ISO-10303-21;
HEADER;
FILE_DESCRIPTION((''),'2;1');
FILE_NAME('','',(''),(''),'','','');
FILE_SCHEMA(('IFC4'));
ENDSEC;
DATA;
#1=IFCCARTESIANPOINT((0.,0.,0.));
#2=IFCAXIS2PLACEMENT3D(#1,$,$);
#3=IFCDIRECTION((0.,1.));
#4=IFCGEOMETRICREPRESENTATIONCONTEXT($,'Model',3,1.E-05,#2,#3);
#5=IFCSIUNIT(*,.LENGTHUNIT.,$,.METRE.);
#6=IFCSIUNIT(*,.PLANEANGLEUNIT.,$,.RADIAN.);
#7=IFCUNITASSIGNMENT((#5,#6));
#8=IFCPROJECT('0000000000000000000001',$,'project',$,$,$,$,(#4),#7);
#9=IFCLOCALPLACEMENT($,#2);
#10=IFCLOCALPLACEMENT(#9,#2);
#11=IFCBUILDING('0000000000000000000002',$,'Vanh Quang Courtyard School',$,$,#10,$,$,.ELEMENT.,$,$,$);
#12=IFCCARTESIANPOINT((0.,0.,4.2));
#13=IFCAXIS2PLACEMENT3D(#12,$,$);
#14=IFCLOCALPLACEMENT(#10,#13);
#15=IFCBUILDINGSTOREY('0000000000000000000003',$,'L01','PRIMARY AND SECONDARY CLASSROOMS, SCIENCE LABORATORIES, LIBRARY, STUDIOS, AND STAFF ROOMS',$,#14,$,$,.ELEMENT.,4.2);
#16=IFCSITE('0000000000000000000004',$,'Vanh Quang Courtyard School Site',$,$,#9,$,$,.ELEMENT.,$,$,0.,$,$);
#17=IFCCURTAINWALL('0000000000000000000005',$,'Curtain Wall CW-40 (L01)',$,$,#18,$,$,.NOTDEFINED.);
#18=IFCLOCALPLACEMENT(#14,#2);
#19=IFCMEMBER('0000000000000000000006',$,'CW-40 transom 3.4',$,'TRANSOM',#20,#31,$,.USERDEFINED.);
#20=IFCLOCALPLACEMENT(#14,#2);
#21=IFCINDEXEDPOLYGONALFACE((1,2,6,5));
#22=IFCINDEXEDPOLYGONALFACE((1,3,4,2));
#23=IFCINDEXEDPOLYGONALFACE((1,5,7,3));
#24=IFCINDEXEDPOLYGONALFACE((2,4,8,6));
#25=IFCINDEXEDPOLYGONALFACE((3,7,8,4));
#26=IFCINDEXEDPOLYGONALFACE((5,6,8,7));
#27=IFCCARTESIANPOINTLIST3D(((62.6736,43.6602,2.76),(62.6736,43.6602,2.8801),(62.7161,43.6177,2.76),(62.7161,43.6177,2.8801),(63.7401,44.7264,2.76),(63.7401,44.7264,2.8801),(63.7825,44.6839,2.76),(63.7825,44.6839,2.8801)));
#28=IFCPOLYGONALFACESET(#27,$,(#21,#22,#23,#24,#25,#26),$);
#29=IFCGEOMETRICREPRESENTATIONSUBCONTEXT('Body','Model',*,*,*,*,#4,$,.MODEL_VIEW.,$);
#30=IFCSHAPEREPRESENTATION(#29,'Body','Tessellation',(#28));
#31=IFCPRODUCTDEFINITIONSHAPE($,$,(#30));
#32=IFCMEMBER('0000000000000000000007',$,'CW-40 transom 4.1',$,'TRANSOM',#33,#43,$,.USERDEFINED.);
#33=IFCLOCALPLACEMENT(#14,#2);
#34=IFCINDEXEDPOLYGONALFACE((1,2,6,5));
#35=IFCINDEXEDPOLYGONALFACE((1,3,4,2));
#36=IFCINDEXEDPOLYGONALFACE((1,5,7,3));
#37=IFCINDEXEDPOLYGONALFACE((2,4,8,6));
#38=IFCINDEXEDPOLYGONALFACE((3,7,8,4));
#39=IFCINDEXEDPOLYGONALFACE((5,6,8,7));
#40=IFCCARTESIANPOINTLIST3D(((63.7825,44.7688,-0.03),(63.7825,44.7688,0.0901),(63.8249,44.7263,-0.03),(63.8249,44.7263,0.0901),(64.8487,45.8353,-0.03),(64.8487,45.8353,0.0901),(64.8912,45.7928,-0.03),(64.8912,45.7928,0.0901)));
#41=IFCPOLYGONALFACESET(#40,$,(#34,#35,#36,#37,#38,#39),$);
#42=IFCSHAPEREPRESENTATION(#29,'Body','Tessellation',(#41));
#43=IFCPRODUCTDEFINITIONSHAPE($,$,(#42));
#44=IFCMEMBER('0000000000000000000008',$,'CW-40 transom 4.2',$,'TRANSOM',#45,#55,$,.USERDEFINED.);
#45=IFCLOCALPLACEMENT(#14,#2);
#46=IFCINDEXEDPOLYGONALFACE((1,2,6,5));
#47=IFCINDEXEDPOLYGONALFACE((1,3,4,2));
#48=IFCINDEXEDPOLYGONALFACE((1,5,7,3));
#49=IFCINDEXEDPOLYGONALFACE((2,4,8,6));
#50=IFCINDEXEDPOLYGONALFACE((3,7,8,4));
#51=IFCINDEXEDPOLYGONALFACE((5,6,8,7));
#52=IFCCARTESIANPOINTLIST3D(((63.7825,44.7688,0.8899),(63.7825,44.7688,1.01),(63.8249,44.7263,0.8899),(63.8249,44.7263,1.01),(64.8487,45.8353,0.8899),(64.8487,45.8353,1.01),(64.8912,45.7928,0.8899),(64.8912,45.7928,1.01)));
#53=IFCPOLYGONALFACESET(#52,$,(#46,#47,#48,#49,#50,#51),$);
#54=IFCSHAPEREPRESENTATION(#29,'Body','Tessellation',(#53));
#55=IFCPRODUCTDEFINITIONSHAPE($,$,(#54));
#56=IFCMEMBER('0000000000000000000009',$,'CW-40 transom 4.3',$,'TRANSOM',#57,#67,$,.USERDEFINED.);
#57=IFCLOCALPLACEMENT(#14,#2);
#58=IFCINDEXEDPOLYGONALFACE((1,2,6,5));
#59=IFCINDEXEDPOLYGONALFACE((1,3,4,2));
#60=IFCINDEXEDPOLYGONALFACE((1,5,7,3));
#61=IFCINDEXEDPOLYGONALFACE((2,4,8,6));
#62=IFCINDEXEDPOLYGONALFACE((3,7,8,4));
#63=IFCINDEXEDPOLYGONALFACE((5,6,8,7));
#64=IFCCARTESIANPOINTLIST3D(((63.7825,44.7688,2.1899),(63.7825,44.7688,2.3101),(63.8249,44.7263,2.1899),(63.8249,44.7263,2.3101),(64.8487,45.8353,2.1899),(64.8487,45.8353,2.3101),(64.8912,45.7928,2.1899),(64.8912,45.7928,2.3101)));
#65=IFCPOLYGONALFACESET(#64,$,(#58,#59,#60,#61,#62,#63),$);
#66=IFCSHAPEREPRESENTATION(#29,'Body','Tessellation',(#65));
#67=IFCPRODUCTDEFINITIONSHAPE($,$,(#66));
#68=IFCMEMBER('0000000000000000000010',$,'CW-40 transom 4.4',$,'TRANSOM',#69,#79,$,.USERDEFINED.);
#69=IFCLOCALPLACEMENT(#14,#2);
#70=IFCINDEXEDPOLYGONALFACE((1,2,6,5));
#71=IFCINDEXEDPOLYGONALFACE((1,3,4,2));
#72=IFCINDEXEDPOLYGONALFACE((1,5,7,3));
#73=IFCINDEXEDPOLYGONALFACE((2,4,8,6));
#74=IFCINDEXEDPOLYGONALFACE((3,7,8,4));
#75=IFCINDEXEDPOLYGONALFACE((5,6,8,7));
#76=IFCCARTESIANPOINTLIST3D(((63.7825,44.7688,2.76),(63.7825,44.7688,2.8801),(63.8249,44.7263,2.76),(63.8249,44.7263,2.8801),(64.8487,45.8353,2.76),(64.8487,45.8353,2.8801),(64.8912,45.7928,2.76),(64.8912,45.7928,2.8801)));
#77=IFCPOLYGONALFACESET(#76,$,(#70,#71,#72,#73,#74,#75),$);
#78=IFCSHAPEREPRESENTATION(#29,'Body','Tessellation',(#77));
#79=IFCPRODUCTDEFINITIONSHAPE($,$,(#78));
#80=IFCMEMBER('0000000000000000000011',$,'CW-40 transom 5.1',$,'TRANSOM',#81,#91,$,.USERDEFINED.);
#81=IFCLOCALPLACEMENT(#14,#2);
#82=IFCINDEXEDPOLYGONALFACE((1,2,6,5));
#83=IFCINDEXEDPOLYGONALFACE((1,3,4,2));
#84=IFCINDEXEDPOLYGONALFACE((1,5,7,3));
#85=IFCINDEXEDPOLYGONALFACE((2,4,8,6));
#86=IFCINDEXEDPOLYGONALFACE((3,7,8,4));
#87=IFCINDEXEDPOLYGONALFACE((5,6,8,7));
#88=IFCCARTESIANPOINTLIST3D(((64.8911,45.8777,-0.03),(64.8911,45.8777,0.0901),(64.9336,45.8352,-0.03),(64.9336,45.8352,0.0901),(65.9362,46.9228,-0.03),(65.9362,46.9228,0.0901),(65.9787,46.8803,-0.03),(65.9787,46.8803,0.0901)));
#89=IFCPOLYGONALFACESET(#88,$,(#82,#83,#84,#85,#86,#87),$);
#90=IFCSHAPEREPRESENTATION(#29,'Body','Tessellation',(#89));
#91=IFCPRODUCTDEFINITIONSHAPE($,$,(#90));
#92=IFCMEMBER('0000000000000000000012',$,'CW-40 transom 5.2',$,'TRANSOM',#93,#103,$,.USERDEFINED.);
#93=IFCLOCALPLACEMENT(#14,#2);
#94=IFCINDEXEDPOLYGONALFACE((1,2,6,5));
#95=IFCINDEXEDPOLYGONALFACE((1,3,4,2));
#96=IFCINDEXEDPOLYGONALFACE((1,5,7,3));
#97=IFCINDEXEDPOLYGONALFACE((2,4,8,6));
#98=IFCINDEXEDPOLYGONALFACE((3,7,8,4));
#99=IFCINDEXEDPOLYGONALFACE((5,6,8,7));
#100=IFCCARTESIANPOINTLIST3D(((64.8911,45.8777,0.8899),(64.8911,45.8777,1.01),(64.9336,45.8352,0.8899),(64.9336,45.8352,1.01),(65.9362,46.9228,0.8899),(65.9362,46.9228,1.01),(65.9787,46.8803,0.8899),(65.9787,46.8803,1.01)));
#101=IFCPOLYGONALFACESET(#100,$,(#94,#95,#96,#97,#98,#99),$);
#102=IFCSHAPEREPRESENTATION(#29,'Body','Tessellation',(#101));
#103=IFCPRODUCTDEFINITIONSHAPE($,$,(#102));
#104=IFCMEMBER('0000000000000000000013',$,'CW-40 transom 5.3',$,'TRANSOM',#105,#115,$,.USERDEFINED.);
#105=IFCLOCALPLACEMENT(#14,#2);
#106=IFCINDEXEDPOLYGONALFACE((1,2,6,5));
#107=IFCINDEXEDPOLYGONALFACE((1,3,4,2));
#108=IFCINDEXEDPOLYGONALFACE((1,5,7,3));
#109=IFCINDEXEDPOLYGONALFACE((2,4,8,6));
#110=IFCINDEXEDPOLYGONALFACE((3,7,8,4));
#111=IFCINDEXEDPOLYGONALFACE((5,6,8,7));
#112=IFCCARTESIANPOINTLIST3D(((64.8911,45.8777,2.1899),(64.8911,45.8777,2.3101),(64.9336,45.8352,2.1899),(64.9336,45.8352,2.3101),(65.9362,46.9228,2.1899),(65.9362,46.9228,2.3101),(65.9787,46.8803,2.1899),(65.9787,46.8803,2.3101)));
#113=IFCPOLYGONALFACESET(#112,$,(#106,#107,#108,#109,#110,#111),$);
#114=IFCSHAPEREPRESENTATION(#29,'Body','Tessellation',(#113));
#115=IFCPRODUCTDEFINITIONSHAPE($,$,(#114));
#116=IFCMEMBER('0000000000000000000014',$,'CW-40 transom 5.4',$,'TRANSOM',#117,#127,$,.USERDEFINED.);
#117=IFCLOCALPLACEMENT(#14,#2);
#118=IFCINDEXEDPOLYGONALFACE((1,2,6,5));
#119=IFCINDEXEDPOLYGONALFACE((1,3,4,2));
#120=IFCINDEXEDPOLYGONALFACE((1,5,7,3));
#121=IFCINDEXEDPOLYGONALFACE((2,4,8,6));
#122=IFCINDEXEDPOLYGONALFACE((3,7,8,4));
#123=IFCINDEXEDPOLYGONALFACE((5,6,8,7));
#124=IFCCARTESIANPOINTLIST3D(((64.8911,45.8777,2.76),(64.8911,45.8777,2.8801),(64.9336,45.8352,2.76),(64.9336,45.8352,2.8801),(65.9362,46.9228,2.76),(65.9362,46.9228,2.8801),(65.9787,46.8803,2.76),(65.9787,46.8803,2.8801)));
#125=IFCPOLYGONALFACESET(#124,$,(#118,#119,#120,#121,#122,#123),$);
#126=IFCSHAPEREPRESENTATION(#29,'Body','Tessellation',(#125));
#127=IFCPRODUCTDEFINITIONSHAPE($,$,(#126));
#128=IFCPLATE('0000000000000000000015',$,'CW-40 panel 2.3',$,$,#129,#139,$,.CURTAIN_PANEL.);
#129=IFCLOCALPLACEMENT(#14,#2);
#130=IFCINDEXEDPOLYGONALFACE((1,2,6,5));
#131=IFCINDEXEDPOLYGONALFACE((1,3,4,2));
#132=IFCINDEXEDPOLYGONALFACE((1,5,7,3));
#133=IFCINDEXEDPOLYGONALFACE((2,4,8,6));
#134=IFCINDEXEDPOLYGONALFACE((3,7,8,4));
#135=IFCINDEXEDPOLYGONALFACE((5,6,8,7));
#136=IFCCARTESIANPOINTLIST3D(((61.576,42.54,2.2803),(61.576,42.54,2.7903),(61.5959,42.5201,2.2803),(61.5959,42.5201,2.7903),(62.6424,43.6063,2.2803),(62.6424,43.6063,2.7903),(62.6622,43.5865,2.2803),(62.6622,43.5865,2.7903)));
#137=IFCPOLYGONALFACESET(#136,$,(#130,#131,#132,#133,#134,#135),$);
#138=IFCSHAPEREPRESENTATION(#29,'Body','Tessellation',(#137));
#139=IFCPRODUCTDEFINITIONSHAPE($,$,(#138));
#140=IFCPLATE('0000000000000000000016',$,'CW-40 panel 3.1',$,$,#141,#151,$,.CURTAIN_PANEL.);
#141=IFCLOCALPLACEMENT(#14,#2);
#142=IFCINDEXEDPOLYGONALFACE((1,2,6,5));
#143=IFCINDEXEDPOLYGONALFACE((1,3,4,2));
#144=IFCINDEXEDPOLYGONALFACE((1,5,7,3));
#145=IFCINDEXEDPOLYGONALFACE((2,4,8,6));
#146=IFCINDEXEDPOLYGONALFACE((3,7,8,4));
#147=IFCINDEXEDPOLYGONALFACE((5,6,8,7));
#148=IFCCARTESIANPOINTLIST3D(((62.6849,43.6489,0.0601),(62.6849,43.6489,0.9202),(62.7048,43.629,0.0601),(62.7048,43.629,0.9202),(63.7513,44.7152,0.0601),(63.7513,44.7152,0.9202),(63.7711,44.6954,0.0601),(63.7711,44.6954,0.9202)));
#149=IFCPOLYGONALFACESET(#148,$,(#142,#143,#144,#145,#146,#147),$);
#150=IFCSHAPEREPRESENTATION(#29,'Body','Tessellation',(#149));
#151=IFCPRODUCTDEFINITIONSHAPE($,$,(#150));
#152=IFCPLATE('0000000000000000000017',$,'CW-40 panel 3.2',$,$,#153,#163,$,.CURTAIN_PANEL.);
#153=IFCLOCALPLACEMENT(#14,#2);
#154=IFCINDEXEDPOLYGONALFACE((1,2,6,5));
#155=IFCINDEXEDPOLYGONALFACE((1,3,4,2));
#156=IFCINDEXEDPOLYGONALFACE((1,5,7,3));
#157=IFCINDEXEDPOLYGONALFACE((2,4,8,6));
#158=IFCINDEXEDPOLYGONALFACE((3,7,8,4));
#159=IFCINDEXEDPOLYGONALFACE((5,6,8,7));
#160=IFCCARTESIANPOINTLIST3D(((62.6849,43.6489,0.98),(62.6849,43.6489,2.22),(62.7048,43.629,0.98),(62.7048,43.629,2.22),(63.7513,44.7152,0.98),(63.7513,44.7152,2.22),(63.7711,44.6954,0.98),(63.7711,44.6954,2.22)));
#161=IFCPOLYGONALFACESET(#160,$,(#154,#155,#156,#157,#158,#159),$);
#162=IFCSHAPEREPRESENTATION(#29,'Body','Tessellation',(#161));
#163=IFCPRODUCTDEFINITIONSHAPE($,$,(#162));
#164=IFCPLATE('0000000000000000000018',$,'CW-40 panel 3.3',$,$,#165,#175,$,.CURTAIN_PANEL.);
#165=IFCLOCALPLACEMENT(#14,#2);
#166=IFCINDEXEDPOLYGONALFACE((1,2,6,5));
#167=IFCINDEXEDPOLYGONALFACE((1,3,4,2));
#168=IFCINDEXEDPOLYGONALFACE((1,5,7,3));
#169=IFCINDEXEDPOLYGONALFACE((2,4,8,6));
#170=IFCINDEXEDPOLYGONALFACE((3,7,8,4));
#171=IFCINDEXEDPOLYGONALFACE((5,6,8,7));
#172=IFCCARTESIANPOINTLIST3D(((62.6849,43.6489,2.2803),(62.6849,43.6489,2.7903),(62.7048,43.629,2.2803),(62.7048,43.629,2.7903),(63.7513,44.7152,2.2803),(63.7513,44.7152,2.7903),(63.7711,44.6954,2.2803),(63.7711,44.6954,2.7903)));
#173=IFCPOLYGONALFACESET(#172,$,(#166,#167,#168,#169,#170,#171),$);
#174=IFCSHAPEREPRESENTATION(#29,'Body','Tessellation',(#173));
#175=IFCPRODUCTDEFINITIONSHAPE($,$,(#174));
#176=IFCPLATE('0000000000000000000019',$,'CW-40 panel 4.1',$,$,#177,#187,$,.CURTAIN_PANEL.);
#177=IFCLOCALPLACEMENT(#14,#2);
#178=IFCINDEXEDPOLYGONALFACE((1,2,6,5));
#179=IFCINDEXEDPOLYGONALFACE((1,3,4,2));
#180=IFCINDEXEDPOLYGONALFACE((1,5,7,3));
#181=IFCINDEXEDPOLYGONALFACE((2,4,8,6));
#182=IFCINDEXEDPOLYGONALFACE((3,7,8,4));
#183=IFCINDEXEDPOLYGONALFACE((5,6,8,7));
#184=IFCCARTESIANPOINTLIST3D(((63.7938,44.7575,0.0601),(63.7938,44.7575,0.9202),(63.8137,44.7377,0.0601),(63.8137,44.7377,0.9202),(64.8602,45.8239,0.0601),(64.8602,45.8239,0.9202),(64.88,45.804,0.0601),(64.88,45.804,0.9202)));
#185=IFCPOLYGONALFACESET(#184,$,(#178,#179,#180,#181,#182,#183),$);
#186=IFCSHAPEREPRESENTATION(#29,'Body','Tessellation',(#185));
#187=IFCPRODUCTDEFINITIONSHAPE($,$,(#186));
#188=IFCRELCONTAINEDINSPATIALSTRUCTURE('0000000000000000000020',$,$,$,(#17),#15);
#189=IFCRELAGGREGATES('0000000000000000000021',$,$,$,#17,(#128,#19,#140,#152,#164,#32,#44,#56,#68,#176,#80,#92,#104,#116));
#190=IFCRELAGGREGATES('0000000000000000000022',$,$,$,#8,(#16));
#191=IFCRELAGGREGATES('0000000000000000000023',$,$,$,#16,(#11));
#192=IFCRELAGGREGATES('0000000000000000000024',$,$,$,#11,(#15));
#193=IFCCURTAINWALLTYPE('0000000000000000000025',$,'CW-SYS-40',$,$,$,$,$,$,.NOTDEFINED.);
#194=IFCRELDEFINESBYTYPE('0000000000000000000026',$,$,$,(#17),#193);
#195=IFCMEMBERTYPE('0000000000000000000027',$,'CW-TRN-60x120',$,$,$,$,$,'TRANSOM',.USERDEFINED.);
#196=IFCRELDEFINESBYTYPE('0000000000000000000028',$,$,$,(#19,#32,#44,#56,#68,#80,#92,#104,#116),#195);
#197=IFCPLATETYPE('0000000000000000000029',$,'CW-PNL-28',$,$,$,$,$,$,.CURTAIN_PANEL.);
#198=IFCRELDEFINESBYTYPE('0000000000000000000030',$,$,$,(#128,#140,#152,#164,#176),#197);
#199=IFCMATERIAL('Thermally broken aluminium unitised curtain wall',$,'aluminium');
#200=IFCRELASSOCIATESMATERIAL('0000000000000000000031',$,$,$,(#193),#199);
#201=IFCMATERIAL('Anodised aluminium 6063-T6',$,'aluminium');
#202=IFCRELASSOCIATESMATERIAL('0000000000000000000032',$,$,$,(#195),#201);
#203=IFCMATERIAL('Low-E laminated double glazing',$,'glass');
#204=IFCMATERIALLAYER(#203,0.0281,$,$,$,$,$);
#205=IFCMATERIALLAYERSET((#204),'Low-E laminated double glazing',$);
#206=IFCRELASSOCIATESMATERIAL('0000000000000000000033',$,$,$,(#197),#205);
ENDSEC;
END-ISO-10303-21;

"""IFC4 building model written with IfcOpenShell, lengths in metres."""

from ifc_helpers import new_model, si_unit, direction, frame, origin, origin_2d, place, context, subcontext, project, spatial, rectangle, extrude, material, layer, layer_set, material_profile, profile_set, type_object, element, aggregate, save


model = new_model("IFC4")

# Units and contexts
model_context = context("Model", 3, precision=1e-05, world=origin(), true_north=direction((0.0, 1.0)))
body_context = subcontext(model_context, "Body", "Model", "MODEL_VIEW")
ifc_project = project(units=[si_unit("LENGTHUNIT", "METRE"), si_unit("PLANEANGLEUNIT", "RADIAN")], contexts=[model_context])

# Site, building, storey
site_placement = place(None, origin())
site = spatial("IfcSite", under=ifc_project, at=site_placement, Name="Vanh Quang Courtyard School Site", CompositionType="ELEMENT", RefElevation=0.0)
building_placement = place(site_placement, origin())
building = spatial("IfcBuilding", under=site, at=building_placement, Name="Vanh Quang Courtyard School", CompositionType="ELEMENT")
storey_placement = place(building_placement, frame((0.0, 0.0, 4.2)))
storey = spatial("IfcBuildingStorey", under=building, at=storey_placement, Name="L01", Description="PRIMARY AND SECONDARY CLASSROOMS, SCIENCE LABORATORIES, LIBRARY, STUDIOS, AND STAFF ROOMS", CompositionType="ELEMENT", Elevation=4.2)

# Curtain wall
ifc_material_1 = material(Name="Thermally broken aluminium unitised curtain wall", Category="aluminium")
curtain_wall_type_1 = type_object("IfcCurtainWallType", Name="CW-SYS-40", PredefinedType="NOTDEFINED", material=ifc_material_1)
curtain_wall_1_placement = place(storey_placement, origin())
curtain_wall_1 = element("IfcCurtainWall", 1, at=curtain_wall_1_placement, inside=storey, type_object=curtain_wall_type_1, Name="Curtain Wall CW-40 (L01)", PredefinedType="NOTDEFINED")
ifc_material_2 = material(Name="Anodised aluminium 6063-T6", Category="aluminium")

# Members
ifc_material_profile_1 = material_profile(ifc_material_2, rectangle(XDim=0.0601, YDim=0.1201, at=origin_2d()), Name="ALU-TRN 60x120")
ifc_profile_set_1 = profile_set([ifc_material_profile_1], Name="Anodised aluminium 6063-T6")
member_type_1 = type_object("IfcMemberType", Name="CW-TRN-60x120", ElementType="TRANSOM", PredefinedType="USERDEFINED", material=ifc_profile_set_1)
member_1_placement = place(storey_placement, frame((62.6948, 43.6389, 2.8201), z_axis=(0.707188, 0.707026, 0.0), x_axis=(-0.707026, 0.707188, 0.0)))
member_1 = element("IfcMember", 2, at=member_1_placement, type_object=member_type_1, Name="CW-40 transom 3.4", ObjectType="TRANSOM", PredefinedType="USERDEFINED", context=body_context, shape_type="SweptSolid", body=[
    extrude(rectangle(XDim=0.0601, YDim=0.1201, at=origin_2d()), origin(), (0.0, 0.0, 1.0), 1.5081),
])
member_2_placement = place(storey_placement, frame((63.8037, 44.7476, 0.03), z_axis=(0.707026, 0.707188, 0.0), x_axis=(-0.707188, 0.707026, 0.0)))
member_2 = element("IfcMember", 3, at=member_2_placement, type_object=member_type_1, Name="CW-40 transom 4.1", ObjectType="TRANSOM", PredefinedType="USERDEFINED", context=body_context, shape_type="SweptSolid", body=[
    extrude(rectangle(XDim=0.0601, YDim=0.1201, at=origin_2d()), origin(), (0.0, 0.0, 1.0), 1.5081),
])
member_3_placement = place(storey_placement, frame((63.8037, 44.7476, 0.95), z_axis=(0.707026, 0.707188, 0.0), x_axis=(-0.707188, 0.707026, 0.0)))
member_3 = element("IfcMember", 4, at=member_3_placement, type_object=member_type_1, Name="CW-40 transom 4.2", ObjectType="TRANSOM", PredefinedType="USERDEFINED", context=body_context, shape_type="SweptSolid", body=[
    extrude(rectangle(XDim=0.0601, YDim=0.1201, at=origin_2d()), origin(), (0.0, 0.0, 1.0), 1.5081),
])
member_4_placement = place(storey_placement, frame((63.8037, 44.7476, 2.25), z_axis=(0.707026, 0.707188, 0.0), x_axis=(-0.707188, 0.707026, 0.0)))
member_4 = element("IfcMember", 5, at=member_4_placement, type_object=member_type_1, Name="CW-40 transom 4.3", ObjectType="TRANSOM", PredefinedType="USERDEFINED", context=body_context, shape_type="SweptSolid", body=[
    extrude(rectangle(XDim=0.0601, YDim=0.1201, at=origin_2d()), origin(), (0.0, 0.0, 1.0), 1.5081),
])
member_5_placement = place(storey_placement, frame((63.8037, 44.7476, 2.8201), z_axis=(0.707026, 0.707188, 0.0), x_axis=(-0.707188, 0.707026, 0.0)))
member_5 = element("IfcMember", 6, at=member_5_placement, type_object=member_type_1, Name="CW-40 transom 4.4", ObjectType="TRANSOM", PredefinedType="USERDEFINED", context=body_context, shape_type="SweptSolid", body=[
    extrude(rectangle(XDim=0.0601, YDim=0.1201, at=origin_2d()), origin(), (0.0, 0.0, 1.0), 1.5081),
])
member_6_placement = place(storey_placement, frame((64.9124, 45.8564, 0.03), z_axis=(0.707107, 0.707107, 0.0), x_axis=(-0.707107, 0.707107, 0.0)))
member_6 = element("IfcMember", 7, at=member_6_placement, type_object=member_type_1, Name="CW-40 transom 5.1", ObjectType="TRANSOM", PredefinedType="USERDEFINED", context=body_context, shape_type="SweptSolid", body=[
    extrude(rectangle(XDim=0.0601, YDim=0.1201, at=origin_2d()), origin(), (0.0, 0.0, 1.0), 1.478),
])
member_7_placement = place(storey_placement, frame((64.9124, 45.8564, 0.95), z_axis=(0.707107, 0.707107, 0.0), x_axis=(-0.707107, 0.707107, 0.0)))
member_7 = element("IfcMember", 8, at=member_7_placement, type_object=member_type_1, Name="CW-40 transom 5.2", ObjectType="TRANSOM", PredefinedType="USERDEFINED", context=body_context, shape_type="SweptSolid", body=[
    extrude(rectangle(XDim=0.0601, YDim=0.1201, at=origin_2d()), origin(), (0.0, 0.0, 1.0), 1.478),
])
member_8_placement = place(storey_placement, frame((64.9124, 45.8564, 2.25), z_axis=(0.707107, 0.707107, 0.0), x_axis=(-0.707107, 0.707107, 0.0)))
member_8 = element("IfcMember", 9, at=member_8_placement, type_object=member_type_1, Name="CW-40 transom 5.3", ObjectType="TRANSOM", PredefinedType="USERDEFINED", context=body_context, shape_type="SweptSolid", body=[
    extrude(rectangle(XDim=0.0601, YDim=0.1201, at=origin_2d()), origin(), (0.0, 0.0, 1.0), 1.478),
])
member_9_placement = place(storey_placement, frame((64.9124, 45.8564, 2.8201), z_axis=(0.707107, 0.707107, 0.0), x_axis=(-0.707107, 0.707107, 0.0)))
member_9 = element("IfcMember", 10, at=member_9_placement, type_object=member_type_1, Name="CW-40 transom 5.4", ObjectType="TRANSOM", PredefinedType="USERDEFINED", context=body_context, shape_type="SweptSolid", body=[
    extrude(rectangle(XDim=0.0601, YDim=0.1201, at=origin_2d()), origin(), (0.0, 0.0, 1.0), 1.478),
])

# Plates
ifc_material_3 = material(Name="Low-E laminated double glazing", Category="glass")
ifc_layer_1 = layer(ifc_material_3, 0.0281)
ifc_layer_set_1 = layer_set([ifc_layer_1], Name="Low-E laminated double glazing")
plate_type = type_object("IfcPlateType", Name="CW-PNL-28", PredefinedType="CURTAIN_PANEL", material=ifc_layer_set_1)
plate_1_placement = place(storey_placement, frame((62.1191, 43.0632, 2.2803), z_axis=(0.0, 0.0, 1.0), x_axis=(0.707107, 0.707107, 0.0)))
plate_1 = element("IfcPlate", 11, at=plate_1_placement, type_object=plate_type, Name="CW-40 panel 2.3", PredefinedType="CURTAIN_PANEL", context=body_context, shape_type="SweptSolid", body=[
    extrude(rectangle(XDim=1.5081, YDim=0.0281, at=origin_2d()), origin(), (0.0, 0.0, 1.0), 0.51),
])
plate_2_placement = place(storey_placement, frame((63.228, 44.1721, 0.0601), z_axis=(0.0, 0.0, 1.0), x_axis=(0.707107, 0.707107, 0.0)))
plate_2 = element("IfcPlate", 12, at=plate_2_placement, type_object=plate_type, Name="CW-40 panel 3.1", PredefinedType="CURTAIN_PANEL", context=body_context, shape_type="SweptSolid", body=[
    extrude(rectangle(XDim=1.5081, YDim=0.0281, at=origin_2d()), origin(), (0.0, 0.0, 1.0), 0.8601),
])
plate_3_placement = place(storey_placement, frame((63.228, 44.1721, 0.98), z_axis=(0.0, 0.0, 1.0), x_axis=(0.707107, 0.707107, 0.0)))
plate_3 = element("IfcPlate", 13, at=plate_3_placement, type_object=plate_type, Name="CW-40 panel 3.2", PredefinedType="CURTAIN_PANEL", context=body_context, shape_type="SweptSolid", body=[
    extrude(rectangle(XDim=1.5081, YDim=0.0281, at=origin_2d()), origin(), (0.0, 0.0, 1.0), 1.24),
])
plate_4_placement = place(storey_placement, frame((63.228, 44.1721, 2.2803), z_axis=(0.0, 0.0, 1.0), x_axis=(0.707107, 0.707107, 0.0)))
plate_4 = element("IfcPlate", 14, at=plate_4_placement, type_object=plate_type, Name="CW-40 panel 3.3", PredefinedType="CURTAIN_PANEL", context=body_context, shape_type="SweptSolid", body=[
    extrude(rectangle(XDim=1.5081, YDim=0.0281, at=origin_2d()), origin(), (0.0, 0.0, 1.0), 0.51),
])
plate_5_placement = place(storey_placement, frame((64.3369, 45.2808, 0.0601), z_axis=(0.0, 0.0, 1.0), x_axis=(0.707107, 0.707107, 0.0)))
plate_5 = element("IfcPlate", 15, at=plate_5_placement, type_object=plate_type, Name="CW-40 panel 4.1", PredefinedType="CURTAIN_PANEL", context=body_context, shape_type="SweptSolid", body=[
    extrude(rectangle(XDim=1.5081, YDim=0.0281, at=origin_2d()), origin(), (0.0, 0.0, 1.0), 0.8601),
])
aggregate(curtain_wall_1, [plate_1, member_1, plate_2, plate_3, plate_4, member_2, member_3, member_4, member_5, plate_5, member_6, member_7, member_8, member_9])

save(model, "model.ifc")
